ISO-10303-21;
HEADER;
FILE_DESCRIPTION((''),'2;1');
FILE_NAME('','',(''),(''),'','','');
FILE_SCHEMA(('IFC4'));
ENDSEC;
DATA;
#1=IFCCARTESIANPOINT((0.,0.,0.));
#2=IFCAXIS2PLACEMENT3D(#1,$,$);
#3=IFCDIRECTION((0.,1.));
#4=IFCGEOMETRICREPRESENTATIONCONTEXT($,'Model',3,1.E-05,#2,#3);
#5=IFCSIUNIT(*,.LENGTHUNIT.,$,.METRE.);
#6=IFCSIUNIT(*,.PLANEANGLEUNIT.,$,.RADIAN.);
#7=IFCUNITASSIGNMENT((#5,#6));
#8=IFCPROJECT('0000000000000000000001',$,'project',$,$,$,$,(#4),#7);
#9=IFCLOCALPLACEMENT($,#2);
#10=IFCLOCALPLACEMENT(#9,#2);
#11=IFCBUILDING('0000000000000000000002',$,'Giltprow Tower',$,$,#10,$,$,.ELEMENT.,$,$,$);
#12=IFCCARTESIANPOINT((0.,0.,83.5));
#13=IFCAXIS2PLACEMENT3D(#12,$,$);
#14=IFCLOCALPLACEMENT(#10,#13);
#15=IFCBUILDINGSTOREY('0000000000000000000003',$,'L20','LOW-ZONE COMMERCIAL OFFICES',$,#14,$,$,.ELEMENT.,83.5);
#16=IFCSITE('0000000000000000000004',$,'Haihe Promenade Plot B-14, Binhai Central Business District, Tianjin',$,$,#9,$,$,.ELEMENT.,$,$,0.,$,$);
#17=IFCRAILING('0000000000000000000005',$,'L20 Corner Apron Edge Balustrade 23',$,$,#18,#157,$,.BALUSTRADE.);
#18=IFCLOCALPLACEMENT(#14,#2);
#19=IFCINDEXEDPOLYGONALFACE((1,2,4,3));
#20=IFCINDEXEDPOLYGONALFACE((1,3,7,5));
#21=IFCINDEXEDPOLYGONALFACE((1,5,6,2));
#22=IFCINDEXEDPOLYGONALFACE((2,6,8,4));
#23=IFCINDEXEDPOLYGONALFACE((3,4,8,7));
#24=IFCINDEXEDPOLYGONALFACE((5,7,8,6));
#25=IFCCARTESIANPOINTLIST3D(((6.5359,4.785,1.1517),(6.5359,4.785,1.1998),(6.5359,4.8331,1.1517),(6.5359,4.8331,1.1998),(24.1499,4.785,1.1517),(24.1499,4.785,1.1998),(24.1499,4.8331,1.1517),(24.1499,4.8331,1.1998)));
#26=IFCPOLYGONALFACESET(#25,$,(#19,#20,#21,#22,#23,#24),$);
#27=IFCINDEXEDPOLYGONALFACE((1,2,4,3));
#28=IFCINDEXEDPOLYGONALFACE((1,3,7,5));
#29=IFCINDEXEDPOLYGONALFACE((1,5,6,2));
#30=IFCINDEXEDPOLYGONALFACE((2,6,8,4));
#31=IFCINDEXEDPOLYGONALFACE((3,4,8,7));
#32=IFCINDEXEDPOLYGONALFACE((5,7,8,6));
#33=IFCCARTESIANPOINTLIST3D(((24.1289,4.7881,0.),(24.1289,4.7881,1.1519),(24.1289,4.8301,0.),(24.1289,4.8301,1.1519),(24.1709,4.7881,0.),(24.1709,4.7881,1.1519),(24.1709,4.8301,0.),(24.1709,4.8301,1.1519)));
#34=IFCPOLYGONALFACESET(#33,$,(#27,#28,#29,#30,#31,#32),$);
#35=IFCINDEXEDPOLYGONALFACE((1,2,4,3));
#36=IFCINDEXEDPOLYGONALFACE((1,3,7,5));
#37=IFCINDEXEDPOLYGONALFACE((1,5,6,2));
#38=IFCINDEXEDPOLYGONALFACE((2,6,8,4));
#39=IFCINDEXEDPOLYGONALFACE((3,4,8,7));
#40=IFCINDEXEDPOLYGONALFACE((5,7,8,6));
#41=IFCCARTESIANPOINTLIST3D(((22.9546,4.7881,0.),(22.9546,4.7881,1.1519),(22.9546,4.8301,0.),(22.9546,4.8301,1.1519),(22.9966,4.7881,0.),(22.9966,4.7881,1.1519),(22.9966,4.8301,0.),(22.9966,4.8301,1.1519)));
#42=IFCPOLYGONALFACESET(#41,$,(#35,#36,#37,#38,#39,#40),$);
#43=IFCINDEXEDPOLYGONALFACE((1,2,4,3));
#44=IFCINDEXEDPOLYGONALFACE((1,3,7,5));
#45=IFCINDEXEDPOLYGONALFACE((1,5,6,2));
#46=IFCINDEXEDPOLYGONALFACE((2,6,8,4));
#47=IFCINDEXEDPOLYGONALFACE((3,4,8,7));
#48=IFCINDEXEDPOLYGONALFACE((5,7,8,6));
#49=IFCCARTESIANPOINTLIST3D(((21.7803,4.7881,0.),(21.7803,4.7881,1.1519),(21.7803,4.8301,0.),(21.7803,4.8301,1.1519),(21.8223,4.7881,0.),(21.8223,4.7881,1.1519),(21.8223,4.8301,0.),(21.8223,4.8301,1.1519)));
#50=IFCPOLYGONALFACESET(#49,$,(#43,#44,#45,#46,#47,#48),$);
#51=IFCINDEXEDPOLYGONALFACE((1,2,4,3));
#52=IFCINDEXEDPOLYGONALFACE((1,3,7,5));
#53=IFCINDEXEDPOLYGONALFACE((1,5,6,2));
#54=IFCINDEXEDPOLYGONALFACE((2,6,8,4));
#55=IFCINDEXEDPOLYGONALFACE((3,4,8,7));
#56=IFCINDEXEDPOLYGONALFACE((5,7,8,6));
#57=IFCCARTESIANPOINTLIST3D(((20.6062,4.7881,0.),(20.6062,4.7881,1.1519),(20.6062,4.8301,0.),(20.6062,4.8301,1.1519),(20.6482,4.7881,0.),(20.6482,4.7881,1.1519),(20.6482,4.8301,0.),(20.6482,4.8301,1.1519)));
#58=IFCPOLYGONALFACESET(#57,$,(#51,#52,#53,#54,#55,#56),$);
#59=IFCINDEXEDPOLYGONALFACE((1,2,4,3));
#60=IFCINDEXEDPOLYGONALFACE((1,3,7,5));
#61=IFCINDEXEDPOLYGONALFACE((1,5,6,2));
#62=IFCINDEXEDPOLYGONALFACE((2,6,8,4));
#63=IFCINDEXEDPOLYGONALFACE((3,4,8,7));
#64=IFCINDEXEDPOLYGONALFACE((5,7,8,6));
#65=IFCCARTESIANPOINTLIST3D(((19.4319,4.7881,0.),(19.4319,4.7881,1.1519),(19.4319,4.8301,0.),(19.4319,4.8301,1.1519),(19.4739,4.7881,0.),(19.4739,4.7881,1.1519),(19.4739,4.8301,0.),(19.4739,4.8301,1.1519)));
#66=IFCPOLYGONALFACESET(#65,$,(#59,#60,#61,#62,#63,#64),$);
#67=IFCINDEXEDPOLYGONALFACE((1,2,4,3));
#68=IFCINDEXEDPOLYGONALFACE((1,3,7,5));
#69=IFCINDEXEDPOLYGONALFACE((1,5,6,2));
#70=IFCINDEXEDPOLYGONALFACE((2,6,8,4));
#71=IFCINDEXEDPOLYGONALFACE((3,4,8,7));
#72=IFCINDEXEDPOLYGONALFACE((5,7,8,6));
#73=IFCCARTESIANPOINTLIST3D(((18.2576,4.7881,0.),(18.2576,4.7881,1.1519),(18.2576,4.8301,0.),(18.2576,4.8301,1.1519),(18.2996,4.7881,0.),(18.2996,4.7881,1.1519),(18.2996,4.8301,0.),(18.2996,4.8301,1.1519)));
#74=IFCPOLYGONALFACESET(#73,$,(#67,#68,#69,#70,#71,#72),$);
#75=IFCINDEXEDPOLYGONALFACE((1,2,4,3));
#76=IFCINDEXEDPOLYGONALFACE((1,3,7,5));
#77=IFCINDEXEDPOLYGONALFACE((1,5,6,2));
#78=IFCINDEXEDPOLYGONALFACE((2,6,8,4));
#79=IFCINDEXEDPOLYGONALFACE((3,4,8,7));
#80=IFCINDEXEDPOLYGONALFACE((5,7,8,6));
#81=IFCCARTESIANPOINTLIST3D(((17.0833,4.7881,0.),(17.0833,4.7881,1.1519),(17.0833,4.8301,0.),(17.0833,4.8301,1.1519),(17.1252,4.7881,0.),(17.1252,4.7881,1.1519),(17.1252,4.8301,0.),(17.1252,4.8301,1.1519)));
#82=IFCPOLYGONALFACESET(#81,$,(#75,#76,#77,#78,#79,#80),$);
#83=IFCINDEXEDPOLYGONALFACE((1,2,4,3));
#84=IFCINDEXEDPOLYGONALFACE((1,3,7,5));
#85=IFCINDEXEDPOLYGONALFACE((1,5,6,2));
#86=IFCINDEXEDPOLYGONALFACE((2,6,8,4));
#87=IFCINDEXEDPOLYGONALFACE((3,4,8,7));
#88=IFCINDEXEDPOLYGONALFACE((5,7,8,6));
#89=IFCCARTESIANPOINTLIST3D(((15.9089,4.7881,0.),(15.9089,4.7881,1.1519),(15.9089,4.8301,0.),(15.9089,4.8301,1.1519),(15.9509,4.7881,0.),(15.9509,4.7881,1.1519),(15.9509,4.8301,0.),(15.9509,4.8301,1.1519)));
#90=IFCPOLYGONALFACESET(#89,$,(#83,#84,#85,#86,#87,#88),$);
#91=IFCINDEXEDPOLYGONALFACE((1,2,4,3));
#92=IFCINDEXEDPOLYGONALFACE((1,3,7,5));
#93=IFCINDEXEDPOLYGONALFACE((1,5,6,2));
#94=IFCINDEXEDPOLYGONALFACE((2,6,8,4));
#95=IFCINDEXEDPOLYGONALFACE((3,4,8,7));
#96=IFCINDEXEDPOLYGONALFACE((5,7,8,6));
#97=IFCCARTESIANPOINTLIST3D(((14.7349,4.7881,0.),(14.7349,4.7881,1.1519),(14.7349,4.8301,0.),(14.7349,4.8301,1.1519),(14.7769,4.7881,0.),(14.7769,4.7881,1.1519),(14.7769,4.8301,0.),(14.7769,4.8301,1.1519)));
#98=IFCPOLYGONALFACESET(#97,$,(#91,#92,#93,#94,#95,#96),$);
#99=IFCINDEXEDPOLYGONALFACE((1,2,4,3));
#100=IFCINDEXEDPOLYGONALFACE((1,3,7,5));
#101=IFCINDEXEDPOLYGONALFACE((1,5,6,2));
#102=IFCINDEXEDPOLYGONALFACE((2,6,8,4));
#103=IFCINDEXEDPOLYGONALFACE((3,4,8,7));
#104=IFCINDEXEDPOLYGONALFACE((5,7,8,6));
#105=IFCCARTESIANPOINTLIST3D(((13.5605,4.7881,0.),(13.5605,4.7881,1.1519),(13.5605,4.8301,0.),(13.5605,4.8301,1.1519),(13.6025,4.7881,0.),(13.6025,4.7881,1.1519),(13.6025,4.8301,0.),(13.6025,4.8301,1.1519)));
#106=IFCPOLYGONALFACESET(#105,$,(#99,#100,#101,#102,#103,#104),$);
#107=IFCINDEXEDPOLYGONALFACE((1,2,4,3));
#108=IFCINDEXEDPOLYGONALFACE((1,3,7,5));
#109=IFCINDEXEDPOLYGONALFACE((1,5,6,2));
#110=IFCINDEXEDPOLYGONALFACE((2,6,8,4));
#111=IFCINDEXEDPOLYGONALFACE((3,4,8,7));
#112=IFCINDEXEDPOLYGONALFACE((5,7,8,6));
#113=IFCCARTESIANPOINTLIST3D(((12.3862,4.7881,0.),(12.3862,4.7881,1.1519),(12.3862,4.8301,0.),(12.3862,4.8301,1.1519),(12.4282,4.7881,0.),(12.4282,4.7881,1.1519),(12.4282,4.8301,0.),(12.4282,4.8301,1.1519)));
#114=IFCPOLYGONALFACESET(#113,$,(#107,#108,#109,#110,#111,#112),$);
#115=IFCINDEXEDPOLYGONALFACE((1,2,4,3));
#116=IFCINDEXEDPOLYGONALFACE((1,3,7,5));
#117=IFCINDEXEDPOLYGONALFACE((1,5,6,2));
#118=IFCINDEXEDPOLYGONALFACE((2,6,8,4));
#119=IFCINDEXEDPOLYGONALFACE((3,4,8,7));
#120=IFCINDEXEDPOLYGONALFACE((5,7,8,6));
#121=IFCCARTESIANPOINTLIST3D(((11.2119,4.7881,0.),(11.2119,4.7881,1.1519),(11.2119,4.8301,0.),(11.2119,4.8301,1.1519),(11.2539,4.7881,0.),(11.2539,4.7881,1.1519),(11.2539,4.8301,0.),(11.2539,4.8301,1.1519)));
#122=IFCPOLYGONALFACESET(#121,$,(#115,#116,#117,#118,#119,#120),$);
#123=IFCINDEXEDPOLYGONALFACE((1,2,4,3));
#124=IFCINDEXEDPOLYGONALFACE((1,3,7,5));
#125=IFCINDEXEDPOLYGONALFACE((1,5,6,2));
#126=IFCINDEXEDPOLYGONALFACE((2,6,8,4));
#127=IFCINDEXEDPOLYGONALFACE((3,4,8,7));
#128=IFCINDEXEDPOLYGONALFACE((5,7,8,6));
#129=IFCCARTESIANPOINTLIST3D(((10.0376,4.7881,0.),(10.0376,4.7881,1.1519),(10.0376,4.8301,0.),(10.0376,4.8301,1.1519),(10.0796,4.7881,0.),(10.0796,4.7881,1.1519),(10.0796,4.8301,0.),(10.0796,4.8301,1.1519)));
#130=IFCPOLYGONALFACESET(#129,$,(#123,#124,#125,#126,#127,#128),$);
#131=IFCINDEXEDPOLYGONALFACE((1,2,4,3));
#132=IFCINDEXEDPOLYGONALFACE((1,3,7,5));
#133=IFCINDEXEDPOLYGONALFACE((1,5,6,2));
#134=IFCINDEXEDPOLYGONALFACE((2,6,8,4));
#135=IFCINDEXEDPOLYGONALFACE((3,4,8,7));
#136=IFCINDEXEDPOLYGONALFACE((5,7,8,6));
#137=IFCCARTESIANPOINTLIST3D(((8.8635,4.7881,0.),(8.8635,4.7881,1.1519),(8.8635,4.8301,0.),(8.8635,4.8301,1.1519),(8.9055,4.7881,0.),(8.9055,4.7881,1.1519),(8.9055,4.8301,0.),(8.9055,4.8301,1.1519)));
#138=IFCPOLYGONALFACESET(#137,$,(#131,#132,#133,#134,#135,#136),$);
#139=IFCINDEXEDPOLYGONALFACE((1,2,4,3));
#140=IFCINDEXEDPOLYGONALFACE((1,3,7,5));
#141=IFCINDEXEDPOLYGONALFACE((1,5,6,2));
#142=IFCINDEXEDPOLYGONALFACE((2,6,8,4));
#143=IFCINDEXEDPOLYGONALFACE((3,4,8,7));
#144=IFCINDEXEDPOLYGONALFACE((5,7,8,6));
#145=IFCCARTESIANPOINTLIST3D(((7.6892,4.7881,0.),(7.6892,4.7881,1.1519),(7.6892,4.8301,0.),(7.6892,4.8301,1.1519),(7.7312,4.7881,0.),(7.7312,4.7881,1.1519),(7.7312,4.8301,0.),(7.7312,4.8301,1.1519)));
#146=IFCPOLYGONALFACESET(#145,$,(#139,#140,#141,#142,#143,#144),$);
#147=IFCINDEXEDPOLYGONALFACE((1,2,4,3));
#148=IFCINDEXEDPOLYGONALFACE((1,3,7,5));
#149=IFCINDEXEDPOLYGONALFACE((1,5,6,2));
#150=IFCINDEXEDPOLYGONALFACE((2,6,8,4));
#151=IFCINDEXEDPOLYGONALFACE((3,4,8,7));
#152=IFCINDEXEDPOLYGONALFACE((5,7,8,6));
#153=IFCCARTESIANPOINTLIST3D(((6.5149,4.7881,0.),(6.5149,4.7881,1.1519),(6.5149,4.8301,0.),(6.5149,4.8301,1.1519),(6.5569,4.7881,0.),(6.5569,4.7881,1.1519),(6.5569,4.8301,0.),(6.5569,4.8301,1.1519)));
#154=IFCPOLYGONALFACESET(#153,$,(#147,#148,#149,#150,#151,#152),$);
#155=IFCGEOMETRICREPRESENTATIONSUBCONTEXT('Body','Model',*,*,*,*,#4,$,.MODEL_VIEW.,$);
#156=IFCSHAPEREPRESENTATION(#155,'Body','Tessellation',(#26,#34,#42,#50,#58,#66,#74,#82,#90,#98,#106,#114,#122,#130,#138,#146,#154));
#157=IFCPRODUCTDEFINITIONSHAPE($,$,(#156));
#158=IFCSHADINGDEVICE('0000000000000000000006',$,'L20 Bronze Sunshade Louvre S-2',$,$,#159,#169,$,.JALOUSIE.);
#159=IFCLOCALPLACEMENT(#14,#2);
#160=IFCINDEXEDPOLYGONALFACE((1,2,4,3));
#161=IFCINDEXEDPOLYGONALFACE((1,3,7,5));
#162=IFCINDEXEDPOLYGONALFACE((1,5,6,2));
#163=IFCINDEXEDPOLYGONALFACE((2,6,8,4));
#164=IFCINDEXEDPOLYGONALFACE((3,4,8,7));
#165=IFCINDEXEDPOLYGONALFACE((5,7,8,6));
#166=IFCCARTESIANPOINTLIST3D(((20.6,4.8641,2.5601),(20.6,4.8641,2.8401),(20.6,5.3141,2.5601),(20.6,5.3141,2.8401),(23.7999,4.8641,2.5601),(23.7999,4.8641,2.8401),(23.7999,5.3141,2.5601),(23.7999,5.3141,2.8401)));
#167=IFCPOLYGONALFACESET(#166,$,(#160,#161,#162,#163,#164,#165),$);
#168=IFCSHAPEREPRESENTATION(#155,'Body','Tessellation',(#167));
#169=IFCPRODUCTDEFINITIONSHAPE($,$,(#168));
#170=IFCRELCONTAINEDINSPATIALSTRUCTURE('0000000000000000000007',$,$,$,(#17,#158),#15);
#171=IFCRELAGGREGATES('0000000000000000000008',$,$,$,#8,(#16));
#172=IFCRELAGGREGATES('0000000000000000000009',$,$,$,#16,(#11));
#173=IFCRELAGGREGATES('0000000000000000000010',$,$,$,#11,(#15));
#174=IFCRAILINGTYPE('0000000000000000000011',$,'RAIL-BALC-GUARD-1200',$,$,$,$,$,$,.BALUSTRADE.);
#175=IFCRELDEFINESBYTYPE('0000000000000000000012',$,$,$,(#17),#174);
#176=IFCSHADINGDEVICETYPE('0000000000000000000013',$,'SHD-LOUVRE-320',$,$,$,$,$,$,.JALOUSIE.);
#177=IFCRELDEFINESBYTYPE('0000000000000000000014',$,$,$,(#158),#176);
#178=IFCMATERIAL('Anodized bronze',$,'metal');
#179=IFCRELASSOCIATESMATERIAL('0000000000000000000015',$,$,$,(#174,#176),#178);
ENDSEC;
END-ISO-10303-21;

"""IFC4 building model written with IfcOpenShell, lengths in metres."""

from ifc_helpers import new_model, si_unit, direction, frame, origin, origin_2d, place, context, subcontext, project, spatial, rectangle, extrude, source, transform, mapped, material, type_object, element, save


model = new_model("IFC4")

# Units and contexts
model_context = context("Model", 3, precision=1e-05, world=origin(), true_north=direction((0.0, 1.0)))
body_context = subcontext(model_context, "Body", "Model", "MODEL_VIEW")
ifc_project = project(units=[si_unit("LENGTHUNIT", "METRE"), si_unit("PLANEANGLEUNIT", "RADIAN")], contexts=[model_context])

# Site, building, storey
site_placement = place(None, origin())
site = spatial("IfcSite", under=ifc_project, at=site_placement, Name="Haihe Promenade Plot B-14, Binhai Central Business District, Tianjin", CompositionType="ELEMENT", RefElevation=0.0)
building_placement = place(site_placement, origin())
building = spatial("IfcBuilding", under=site, at=building_placement, Name="Giltprow Tower", CompositionType="ELEMENT")
storey_placement = place(building_placement, frame((0.0, 0.0, 83.5)))
storey = spatial("IfcBuildingStorey", under=building, at=storey_placement, Name="L20", Description="LOW-ZONE COMMERCIAL OFFICES", CompositionType="ELEMENT", Elevation=83.5)

# Railing
ifc_material_1 = material(Name="Anodized bronze", Category="metal")
railing_type = type_object("IfcRailingType", Name="RAIL-BALC-GUARD-1200", PredefinedType="BALUSTRADE", material=ifc_material_1)
railing_1_placement = place(storey_placement, frame((24.1499, 4.8091, 0.0)))
element("IfcRailing", 1, at=railing_1_placement, inside=storey, type_object=railing_type, Name="L20 Corner Apron Edge Balustrade 23", PredefinedType="BALUSTRADE", context=body_context, shape_type="SweptSolid", body=[
    extrude(rectangle(XDim=0.0481, YDim=0.0481, at=origin_2d()), frame((0.0, 0.0, 1.1758), z_axis=(-1.0, 0.0, 0.0), x_axis=(0.0, -1.0, 0.0)), (0.0, 0.0, 1.0), 17.614),
    extrude(rectangle(XDim=0.042, YDim=0.042, at=origin_2d()), origin(), (0.0, 0.0, 1.0), 1.1519),
    extrude(rectangle(XDim=0.042, YDim=0.042, at=origin_2d()), frame((-1.1743, 0.0, 0.0)), (0.0, 0.0, 1.0), 1.1519),
    extrude(rectangle(XDim=0.042, YDim=0.042, at=origin_2d()), frame((-2.3486, 0.0, 0.0)), (0.0, 0.0, 1.0), 1.1519),
    extrude(rectangle(XDim=0.042, YDim=0.042, at=origin_2d()), frame((-3.5227, 0.0, 0.0)), (0.0, 0.0, 1.0), 1.1519),
    extrude(rectangle(XDim=0.042, YDim=0.042, at=origin_2d()), frame((-4.697, 0.0, 0.0)), (0.0, 0.0, 1.0), 1.1519),
    extrude(rectangle(XDim=0.042, YDim=0.042, at=origin_2d()), frame((-5.8713, 0.0, 0.0)), (0.0, 0.0, 1.0), 1.1519),
    extrude(rectangle(XDim=0.042, YDim=0.042, at=origin_2d()), frame((-7.0457, 0.0, 0.0)), (0.0, 0.0, 1.0), 1.1519),
    extrude(rectangle(XDim=0.042, YDim=0.042, at=origin_2d()), frame((-8.22, 0.0, 0.0)), (0.0, 0.0, 1.0), 1.1519),
    extrude(rectangle(XDim=0.042, YDim=0.042, at=origin_2d()), frame((-9.394, 0.0, 0.0)), (0.0, 0.0, 1.0), 1.1519),
    extrude(rectangle(XDim=0.042, YDim=0.042, at=origin_2d()), frame((-10.5684, 0.0, 0.0)), (0.0, 0.0, 1.0), 1.1519),
    extrude(rectangle(XDim=0.042, YDim=0.042, at=origin_2d()), frame((-11.7427, 0.0, 0.0)), (0.0, 0.0, 1.0), 1.1519),
    extrude(rectangle(XDim=0.042, YDim=0.042, at=origin_2d()), frame((-12.917, 0.0, 0.0)), (0.0, 0.0, 1.0), 1.1519),
    extrude(rectangle(XDim=0.042, YDim=0.042, at=origin_2d()), frame((-14.0913, 0.0, 0.0)), (0.0, 0.0, 1.0), 1.1519),
    extrude(rectangle(XDim=0.042, YDim=0.042, at=origin_2d()), frame((-15.2654, 0.0, 0.0)), (0.0, 0.0, 1.0), 1.1519),
    extrude(rectangle(XDim=0.042, YDim=0.042, at=origin_2d()), frame((-16.4397, 0.0, 0.0)), (0.0, 0.0, 1.0), 1.1519),
    extrude(rectangle(XDim=0.042, YDim=0.042, at=origin_2d()), frame((-17.614, 0.0, 0.0)), (0.0, 0.0, 1.0), 1.1519),
])

# Shading device
shading_device_type = type_object("IfcShadingDeviceType", Name="SHD-LOUVRE-320", PredefinedType="JALOUSIE", material=ifc_material_1)
shared_shape_1 = source(origin(), body_context, "Body", "SweptSolid", [
    extrude(rectangle(XDim=3.2, YDim=0.45, at=origin_2d()), origin(), (0.0, 0.0, 1.0), 0.28),
])
shading_device_placement = place(storey_placement, frame((22.2, 5.0891, 2.5601), z_axis=(0.0, 0.0, 1.0), x_axis=(1.0, 0.0, 0.0)))
element("IfcShadingDevice", 2, at=shading_device_placement, inside=storey, type_object=shading_device_type, Name="L20 Bronze Sunshade Louvre S-2", PredefinedType="JALOUSIE", context=body_context, shape_type="MappedRepresentation", body=[
    mapped(shared_shape_1, transform((0.0, 0.0, 0.0), x_axis=(1.0, 0.0, 0.0), y_axis=(0.0, 1.0, 0.0), z_axis=(0.0, 0.0, 1.0), scale=1.0)),
])

save(model, "model.ifc")
